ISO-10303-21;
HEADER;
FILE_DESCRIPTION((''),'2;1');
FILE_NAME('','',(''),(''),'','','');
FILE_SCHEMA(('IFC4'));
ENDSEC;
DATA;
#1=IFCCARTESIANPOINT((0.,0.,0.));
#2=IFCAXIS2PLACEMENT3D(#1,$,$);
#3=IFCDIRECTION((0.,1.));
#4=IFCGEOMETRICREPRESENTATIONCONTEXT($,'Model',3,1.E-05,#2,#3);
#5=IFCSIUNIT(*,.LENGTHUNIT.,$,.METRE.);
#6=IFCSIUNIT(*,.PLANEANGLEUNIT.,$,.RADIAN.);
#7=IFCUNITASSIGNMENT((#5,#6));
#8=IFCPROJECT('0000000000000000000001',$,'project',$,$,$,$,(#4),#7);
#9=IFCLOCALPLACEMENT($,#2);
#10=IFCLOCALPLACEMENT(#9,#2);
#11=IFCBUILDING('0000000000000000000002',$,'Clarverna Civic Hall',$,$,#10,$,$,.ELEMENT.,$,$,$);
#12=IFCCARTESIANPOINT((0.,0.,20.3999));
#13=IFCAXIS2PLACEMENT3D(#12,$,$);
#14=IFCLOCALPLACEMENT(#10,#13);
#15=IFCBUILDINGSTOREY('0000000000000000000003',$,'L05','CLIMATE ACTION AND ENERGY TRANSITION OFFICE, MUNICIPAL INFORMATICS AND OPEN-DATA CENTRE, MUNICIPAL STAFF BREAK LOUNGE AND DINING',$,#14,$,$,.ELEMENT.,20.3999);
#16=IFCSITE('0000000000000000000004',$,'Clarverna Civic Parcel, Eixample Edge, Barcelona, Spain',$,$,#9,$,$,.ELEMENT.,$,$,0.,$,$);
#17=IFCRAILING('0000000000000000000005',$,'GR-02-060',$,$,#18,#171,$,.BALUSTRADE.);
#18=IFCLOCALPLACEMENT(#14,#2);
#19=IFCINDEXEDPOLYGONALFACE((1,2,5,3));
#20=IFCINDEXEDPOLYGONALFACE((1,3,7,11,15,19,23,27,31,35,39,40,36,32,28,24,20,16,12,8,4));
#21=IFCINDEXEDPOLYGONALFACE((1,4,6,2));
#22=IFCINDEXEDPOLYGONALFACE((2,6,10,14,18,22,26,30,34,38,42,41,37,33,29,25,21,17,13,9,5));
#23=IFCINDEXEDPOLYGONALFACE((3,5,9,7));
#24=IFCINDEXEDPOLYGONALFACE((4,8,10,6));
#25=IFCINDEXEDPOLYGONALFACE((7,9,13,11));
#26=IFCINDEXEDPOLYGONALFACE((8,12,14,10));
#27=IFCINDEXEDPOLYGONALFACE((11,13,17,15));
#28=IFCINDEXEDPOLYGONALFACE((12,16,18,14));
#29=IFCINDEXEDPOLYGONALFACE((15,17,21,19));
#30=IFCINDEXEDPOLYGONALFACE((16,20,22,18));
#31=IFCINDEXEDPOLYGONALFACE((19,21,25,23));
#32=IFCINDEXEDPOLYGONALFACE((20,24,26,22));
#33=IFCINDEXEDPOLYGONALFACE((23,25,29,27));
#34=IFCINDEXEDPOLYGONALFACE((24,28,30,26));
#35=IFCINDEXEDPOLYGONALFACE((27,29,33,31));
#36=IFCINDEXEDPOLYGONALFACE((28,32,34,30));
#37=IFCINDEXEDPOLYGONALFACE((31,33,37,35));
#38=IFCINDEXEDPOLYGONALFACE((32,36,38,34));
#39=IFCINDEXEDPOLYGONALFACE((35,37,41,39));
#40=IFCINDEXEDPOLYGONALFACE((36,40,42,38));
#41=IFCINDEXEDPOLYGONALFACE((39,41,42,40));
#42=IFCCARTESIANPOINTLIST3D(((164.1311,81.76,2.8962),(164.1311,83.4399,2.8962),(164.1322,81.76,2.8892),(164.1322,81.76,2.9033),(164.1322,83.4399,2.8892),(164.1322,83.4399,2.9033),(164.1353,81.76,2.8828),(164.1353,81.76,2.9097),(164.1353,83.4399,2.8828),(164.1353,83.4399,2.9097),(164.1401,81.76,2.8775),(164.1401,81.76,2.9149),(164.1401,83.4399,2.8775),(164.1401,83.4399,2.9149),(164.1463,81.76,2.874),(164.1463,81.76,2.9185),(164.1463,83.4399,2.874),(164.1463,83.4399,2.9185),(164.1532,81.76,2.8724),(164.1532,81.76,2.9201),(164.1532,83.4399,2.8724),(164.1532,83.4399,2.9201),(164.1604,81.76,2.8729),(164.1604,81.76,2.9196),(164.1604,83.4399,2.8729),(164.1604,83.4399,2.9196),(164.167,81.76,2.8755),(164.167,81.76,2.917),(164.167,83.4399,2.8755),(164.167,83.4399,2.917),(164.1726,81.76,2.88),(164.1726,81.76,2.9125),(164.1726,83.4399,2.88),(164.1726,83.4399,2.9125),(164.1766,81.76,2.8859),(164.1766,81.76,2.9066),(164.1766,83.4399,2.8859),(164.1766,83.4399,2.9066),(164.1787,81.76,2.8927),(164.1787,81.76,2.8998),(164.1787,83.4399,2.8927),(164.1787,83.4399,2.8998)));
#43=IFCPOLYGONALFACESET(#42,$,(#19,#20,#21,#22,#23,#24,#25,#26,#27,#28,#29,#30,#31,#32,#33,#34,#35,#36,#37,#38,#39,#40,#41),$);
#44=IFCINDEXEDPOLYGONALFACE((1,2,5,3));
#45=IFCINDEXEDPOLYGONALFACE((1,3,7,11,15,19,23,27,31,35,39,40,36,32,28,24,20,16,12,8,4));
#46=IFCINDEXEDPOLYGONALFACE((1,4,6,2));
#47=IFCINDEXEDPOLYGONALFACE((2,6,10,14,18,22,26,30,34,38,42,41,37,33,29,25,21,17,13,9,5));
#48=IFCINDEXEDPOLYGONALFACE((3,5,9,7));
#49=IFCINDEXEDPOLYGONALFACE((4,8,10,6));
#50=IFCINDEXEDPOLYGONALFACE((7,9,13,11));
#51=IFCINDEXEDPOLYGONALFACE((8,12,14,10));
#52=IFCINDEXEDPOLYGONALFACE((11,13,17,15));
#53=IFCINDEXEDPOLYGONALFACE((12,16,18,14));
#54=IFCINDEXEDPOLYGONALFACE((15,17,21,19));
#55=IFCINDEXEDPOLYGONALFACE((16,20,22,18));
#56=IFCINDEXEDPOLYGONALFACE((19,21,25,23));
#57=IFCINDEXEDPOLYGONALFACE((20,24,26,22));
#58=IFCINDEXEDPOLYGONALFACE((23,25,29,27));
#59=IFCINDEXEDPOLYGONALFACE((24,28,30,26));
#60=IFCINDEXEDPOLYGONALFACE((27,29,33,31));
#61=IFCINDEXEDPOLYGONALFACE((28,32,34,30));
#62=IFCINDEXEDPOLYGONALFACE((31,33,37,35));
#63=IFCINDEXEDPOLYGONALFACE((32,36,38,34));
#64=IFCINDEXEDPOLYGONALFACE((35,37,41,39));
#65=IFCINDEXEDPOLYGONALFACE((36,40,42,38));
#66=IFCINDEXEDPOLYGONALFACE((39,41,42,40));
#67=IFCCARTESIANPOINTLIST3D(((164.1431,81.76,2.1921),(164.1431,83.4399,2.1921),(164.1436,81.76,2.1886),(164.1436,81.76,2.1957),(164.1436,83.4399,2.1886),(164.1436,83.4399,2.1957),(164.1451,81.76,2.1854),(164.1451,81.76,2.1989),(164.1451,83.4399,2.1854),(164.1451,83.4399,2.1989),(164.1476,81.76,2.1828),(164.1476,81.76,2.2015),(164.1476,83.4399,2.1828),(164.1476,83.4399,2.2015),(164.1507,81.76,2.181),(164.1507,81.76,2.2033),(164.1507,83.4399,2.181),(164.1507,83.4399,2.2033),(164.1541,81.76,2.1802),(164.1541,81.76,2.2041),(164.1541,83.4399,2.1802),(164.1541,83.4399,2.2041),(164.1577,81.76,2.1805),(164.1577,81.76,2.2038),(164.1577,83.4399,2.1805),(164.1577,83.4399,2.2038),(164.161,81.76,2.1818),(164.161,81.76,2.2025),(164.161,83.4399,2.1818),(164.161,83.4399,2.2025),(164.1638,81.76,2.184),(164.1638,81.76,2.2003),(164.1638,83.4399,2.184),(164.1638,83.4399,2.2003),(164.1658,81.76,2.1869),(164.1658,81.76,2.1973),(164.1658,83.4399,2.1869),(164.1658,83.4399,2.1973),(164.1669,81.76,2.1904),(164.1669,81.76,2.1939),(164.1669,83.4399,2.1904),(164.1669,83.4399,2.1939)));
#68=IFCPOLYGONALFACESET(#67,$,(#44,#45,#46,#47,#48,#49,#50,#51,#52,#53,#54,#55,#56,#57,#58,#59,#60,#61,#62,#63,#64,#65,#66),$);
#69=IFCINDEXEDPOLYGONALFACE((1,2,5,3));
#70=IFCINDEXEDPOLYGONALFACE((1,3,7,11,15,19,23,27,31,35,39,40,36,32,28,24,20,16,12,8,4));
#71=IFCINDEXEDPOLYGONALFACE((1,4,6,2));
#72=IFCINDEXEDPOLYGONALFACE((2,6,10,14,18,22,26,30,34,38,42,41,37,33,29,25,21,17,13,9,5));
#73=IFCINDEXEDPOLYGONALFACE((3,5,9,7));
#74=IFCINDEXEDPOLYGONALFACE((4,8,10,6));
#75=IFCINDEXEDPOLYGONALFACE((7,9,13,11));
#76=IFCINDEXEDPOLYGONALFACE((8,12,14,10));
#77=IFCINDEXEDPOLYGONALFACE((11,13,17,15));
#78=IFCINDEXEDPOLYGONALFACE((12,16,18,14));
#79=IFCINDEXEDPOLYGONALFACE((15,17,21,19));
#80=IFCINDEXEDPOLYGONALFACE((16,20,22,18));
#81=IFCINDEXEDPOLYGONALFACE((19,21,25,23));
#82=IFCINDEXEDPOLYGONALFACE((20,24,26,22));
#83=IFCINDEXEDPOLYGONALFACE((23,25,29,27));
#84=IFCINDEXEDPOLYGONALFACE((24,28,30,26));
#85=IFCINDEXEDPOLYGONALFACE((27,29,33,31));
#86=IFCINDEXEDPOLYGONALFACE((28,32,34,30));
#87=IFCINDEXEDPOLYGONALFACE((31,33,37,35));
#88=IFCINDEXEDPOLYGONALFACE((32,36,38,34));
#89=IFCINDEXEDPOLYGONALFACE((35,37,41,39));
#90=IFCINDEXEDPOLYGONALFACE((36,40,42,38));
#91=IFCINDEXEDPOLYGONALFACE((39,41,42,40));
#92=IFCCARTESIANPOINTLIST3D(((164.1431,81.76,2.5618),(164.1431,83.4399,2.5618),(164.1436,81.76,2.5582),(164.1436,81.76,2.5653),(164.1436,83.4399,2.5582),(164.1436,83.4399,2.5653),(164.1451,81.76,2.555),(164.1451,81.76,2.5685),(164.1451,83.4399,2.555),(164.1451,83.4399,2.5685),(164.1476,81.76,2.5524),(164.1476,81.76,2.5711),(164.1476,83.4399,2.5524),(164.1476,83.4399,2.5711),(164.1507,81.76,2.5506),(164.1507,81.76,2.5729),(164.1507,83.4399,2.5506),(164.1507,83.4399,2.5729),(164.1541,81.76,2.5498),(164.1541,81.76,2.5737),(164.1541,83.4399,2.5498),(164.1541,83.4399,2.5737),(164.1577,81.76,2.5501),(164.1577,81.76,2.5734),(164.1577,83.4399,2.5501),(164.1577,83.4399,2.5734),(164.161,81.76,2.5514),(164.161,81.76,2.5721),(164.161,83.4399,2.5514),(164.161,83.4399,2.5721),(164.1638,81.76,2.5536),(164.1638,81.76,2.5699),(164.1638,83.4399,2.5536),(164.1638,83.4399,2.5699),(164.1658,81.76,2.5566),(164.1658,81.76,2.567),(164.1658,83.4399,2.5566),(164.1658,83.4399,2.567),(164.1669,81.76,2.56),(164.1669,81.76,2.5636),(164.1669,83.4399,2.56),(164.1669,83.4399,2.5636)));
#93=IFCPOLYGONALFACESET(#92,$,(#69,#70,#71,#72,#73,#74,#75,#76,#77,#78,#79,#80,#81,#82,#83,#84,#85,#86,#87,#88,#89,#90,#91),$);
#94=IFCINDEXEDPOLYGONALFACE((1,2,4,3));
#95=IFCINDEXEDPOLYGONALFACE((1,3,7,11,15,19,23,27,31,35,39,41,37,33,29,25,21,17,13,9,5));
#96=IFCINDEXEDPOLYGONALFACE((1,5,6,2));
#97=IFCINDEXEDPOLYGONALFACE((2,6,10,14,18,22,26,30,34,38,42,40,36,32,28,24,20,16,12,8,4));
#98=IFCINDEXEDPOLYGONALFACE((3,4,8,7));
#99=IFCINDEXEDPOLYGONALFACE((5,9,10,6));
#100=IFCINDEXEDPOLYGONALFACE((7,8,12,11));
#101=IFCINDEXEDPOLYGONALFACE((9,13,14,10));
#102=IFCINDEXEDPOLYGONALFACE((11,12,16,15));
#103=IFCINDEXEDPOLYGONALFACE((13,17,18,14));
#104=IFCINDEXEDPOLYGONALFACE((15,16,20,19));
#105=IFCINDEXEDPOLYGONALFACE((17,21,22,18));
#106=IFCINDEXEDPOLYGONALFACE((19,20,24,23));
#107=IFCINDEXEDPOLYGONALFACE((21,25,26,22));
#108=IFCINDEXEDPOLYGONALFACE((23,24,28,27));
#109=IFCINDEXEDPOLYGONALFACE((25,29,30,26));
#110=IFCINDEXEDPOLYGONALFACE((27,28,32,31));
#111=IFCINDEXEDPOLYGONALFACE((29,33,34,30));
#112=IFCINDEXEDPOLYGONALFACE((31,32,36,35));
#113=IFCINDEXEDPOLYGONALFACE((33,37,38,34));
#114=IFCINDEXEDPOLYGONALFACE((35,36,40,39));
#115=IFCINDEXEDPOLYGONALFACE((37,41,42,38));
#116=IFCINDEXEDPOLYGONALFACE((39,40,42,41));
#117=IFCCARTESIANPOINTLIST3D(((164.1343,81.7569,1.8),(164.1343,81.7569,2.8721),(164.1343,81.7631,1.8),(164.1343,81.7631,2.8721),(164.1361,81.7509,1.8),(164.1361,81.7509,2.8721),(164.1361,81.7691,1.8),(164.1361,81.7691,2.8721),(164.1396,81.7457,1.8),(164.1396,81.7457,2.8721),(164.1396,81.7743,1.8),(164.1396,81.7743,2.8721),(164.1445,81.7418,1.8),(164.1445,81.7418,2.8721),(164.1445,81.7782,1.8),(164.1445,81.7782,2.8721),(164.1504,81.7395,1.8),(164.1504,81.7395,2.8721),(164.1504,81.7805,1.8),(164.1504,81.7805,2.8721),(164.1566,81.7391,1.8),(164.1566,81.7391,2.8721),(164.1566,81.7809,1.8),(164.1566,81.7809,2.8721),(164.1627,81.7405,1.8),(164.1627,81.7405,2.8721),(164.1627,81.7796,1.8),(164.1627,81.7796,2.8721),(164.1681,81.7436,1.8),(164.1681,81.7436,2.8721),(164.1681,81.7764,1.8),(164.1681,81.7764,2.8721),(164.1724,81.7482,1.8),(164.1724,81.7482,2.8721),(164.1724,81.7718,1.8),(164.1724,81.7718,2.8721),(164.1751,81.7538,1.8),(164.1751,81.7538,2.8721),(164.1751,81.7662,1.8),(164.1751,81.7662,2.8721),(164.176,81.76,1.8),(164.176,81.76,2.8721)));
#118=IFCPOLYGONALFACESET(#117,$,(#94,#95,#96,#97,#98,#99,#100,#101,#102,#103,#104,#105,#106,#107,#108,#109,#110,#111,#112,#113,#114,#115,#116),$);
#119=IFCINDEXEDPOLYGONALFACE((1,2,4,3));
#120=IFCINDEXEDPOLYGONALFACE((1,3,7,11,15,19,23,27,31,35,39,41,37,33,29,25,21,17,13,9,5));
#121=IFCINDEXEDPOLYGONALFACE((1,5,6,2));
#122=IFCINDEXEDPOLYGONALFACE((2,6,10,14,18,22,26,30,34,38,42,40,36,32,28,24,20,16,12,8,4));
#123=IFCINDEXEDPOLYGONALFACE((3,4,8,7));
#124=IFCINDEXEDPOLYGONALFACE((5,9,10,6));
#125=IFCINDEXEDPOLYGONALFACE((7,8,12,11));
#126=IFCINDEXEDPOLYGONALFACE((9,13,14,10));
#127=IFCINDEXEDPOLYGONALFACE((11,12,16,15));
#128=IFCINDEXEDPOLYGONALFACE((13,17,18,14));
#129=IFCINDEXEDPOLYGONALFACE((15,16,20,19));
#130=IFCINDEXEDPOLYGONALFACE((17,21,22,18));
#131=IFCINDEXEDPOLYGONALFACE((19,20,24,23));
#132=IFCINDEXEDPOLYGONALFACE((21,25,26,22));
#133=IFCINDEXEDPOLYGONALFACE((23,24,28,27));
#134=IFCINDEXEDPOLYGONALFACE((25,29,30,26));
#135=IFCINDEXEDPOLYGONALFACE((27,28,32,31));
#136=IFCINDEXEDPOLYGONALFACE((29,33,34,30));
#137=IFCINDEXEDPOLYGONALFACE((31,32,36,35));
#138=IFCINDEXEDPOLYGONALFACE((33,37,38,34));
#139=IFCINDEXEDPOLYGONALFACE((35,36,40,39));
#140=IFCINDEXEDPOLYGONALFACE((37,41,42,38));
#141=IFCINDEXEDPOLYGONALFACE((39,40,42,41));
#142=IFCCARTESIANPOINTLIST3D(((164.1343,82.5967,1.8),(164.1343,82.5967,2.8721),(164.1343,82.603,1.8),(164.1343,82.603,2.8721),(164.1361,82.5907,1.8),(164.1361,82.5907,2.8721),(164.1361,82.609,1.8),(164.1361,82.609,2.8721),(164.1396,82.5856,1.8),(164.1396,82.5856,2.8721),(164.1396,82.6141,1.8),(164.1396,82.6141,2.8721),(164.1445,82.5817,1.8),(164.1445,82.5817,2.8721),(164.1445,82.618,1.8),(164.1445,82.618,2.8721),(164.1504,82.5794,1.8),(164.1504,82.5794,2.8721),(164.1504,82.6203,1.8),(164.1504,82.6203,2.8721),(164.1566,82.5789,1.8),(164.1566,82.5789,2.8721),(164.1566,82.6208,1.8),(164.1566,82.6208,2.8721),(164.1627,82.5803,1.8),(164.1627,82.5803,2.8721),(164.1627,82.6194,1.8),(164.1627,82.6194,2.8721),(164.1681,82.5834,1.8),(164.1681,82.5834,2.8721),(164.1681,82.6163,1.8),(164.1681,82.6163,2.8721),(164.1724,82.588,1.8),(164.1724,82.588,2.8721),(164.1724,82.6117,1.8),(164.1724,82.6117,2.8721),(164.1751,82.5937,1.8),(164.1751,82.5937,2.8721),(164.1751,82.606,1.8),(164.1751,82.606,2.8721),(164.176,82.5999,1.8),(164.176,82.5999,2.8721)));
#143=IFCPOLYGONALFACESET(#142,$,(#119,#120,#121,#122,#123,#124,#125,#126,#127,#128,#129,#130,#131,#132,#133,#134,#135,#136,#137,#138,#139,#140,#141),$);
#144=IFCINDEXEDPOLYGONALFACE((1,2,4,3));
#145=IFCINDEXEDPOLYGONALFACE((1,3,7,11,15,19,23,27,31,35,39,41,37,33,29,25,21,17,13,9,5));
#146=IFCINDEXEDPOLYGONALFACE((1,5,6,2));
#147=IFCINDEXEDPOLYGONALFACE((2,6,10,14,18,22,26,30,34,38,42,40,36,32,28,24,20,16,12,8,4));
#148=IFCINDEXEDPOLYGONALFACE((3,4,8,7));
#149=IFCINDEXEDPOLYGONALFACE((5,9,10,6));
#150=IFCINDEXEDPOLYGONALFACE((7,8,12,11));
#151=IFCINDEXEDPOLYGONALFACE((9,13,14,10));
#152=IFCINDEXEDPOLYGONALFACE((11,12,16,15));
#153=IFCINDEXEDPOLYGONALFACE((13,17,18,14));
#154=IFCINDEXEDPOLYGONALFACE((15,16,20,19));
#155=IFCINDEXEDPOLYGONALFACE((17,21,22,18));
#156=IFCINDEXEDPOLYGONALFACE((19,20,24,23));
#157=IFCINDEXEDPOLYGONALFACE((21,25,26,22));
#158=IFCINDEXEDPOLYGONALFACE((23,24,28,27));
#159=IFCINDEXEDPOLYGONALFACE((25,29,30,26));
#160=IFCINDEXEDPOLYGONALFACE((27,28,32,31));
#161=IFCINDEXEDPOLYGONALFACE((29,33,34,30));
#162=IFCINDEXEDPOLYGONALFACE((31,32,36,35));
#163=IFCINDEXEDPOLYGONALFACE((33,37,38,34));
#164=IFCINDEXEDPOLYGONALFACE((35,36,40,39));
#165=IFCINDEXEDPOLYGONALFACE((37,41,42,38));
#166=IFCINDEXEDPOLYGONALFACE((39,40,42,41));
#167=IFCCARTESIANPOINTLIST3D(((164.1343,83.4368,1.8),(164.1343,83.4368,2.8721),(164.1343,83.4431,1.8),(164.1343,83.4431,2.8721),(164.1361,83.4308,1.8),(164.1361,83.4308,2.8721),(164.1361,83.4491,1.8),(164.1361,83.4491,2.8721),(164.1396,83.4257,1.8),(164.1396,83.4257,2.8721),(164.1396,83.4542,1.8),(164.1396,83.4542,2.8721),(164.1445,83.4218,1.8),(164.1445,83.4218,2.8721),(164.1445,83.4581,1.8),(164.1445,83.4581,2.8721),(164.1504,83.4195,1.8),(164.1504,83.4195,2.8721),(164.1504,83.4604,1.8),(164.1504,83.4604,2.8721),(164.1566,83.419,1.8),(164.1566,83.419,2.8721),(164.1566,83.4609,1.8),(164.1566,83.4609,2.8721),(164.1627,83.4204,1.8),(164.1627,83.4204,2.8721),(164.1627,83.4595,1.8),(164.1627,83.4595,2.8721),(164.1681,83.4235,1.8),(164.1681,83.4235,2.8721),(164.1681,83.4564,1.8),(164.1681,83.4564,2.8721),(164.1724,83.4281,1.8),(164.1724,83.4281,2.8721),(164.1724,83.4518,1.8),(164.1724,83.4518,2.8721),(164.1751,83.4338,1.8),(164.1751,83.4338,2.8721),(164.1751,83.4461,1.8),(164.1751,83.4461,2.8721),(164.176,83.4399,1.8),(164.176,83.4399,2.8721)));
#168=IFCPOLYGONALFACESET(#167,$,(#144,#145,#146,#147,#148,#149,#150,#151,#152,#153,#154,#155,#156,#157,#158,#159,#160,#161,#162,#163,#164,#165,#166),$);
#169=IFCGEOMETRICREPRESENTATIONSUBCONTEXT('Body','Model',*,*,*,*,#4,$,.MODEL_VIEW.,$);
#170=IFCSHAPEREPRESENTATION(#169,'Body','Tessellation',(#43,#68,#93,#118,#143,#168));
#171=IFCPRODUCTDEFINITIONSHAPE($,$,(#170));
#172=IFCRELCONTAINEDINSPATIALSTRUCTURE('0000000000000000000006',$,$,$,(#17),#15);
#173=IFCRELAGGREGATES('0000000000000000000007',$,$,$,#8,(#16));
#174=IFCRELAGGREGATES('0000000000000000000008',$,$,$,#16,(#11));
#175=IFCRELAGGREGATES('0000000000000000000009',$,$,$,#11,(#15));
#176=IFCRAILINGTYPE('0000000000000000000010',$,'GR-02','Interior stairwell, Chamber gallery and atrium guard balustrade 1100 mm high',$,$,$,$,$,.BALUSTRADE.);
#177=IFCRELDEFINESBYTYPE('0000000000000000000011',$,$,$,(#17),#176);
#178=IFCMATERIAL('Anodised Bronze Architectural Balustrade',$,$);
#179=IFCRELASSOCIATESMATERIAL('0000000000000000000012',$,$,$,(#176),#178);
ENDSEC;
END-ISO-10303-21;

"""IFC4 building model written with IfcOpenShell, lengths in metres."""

from ifc_helpers import new_model, si_unit, direction, frame, origin, origin_2d, place, context, subcontext, project, spatial, circle, extrude, material, type_object, element, save


model = new_model("IFC4")

# Units and contexts
model_context = context("Model", 3, precision=1e-05, world=origin(), true_north=direction((0.0, 1.0)))
body_context = subcontext(model_context, "Body", "Model", "MODEL_VIEW")
ifc_project = project(units=[si_unit("LENGTHUNIT", "METRE"), si_unit("PLANEANGLEUNIT", "RADIAN")], contexts=[model_context])

# Site, building, storey
site_placement = place(None, origin())
site = spatial("IfcSite", under=ifc_project, at=site_placement, Name="Clarverna Civic Parcel, Eixample Edge, Barcelona, Spain", CompositionType="ELEMENT", RefElevation=0.0)
building_placement = place(site_placement, origin())
building = spatial("IfcBuilding", under=site, at=building_placement, Name="Clarverna Civic Hall", CompositionType="ELEMENT")
storey_placement = place(building_placement, frame((0.0, 0.0, 20.3999)))
storey = spatial("IfcBuildingStorey", under=building, at=storey_placement, Name="L05", Description="CLIMATE ACTION AND ENERGY TRANSITION OFFICE, MUNICIPAL INFORMATICS AND OPEN-DATA CENTRE, MUNICIPAL STAFF BREAK LOUNGE AND DINING", CompositionType="ELEMENT", Elevation=20.3999)

# Railing
ifc_material_1 = material(Name="Anodised Bronze Architectural Balustrade")
railing_type_1 = type_object("IfcRailingType", Name="GR-02", Description="Interior stairwell, Chamber gallery and atrium guard balustrade 1100 mm high", PredefinedType="BALUSTRADE", material=ifc_material_1)
railing_1_placement = place(storey_placement, frame((164.155, 81.76, 1.8)))
element("IfcRailing", 1, at=railing_1_placement, inside=storey, type_object=railing_type_1, Name="GR-02-060", PredefinedType="BALUSTRADE", context=body_context, shape_type="SweptSolid", body=[
    extrude(circle(Radius=0.0239, at=origin_2d()), frame((0.0, 0.0, 1.0962), z_axis=(0.0, 1.0, 0.0), x_axis=(-1.0, 0.0, 0.0)), (0.0, 0.0, 1.0), 1.6799),
    extrude(circle(Radius=0.012, at=origin_2d()), frame((0.0, 0.0, 0.3921), z_axis=(0.0, 1.0, 0.0), x_axis=(-1.0, 0.0, 0.0)), (0.0, 0.0, 1.0), 1.6799),
    extrude(circle(Radius=0.012, at=origin_2d()), frame((0.0, 0.0, 0.7617), z_axis=(0.0, 1.0, 0.0), x_axis=(-1.0, 0.0, 0.0)), (0.0, 0.0, 1.0), 1.6799),
    extrude(circle(Radius=0.021, at=origin_2d()), origin(), (0.0, 0.0, 1.0), 1.072),
    extrude(circle(Radius=0.021, at=origin_2d()), frame((0.0, 0.8398, 0.0)), (0.0, 0.0, 1.0), 1.072),
    extrude(circle(Radius=0.021, at=origin_2d()), frame((0.0, 1.6799, 0.0)), (0.0, 0.0, 1.0), 1.072),
])

save(model, "model.ifc")
